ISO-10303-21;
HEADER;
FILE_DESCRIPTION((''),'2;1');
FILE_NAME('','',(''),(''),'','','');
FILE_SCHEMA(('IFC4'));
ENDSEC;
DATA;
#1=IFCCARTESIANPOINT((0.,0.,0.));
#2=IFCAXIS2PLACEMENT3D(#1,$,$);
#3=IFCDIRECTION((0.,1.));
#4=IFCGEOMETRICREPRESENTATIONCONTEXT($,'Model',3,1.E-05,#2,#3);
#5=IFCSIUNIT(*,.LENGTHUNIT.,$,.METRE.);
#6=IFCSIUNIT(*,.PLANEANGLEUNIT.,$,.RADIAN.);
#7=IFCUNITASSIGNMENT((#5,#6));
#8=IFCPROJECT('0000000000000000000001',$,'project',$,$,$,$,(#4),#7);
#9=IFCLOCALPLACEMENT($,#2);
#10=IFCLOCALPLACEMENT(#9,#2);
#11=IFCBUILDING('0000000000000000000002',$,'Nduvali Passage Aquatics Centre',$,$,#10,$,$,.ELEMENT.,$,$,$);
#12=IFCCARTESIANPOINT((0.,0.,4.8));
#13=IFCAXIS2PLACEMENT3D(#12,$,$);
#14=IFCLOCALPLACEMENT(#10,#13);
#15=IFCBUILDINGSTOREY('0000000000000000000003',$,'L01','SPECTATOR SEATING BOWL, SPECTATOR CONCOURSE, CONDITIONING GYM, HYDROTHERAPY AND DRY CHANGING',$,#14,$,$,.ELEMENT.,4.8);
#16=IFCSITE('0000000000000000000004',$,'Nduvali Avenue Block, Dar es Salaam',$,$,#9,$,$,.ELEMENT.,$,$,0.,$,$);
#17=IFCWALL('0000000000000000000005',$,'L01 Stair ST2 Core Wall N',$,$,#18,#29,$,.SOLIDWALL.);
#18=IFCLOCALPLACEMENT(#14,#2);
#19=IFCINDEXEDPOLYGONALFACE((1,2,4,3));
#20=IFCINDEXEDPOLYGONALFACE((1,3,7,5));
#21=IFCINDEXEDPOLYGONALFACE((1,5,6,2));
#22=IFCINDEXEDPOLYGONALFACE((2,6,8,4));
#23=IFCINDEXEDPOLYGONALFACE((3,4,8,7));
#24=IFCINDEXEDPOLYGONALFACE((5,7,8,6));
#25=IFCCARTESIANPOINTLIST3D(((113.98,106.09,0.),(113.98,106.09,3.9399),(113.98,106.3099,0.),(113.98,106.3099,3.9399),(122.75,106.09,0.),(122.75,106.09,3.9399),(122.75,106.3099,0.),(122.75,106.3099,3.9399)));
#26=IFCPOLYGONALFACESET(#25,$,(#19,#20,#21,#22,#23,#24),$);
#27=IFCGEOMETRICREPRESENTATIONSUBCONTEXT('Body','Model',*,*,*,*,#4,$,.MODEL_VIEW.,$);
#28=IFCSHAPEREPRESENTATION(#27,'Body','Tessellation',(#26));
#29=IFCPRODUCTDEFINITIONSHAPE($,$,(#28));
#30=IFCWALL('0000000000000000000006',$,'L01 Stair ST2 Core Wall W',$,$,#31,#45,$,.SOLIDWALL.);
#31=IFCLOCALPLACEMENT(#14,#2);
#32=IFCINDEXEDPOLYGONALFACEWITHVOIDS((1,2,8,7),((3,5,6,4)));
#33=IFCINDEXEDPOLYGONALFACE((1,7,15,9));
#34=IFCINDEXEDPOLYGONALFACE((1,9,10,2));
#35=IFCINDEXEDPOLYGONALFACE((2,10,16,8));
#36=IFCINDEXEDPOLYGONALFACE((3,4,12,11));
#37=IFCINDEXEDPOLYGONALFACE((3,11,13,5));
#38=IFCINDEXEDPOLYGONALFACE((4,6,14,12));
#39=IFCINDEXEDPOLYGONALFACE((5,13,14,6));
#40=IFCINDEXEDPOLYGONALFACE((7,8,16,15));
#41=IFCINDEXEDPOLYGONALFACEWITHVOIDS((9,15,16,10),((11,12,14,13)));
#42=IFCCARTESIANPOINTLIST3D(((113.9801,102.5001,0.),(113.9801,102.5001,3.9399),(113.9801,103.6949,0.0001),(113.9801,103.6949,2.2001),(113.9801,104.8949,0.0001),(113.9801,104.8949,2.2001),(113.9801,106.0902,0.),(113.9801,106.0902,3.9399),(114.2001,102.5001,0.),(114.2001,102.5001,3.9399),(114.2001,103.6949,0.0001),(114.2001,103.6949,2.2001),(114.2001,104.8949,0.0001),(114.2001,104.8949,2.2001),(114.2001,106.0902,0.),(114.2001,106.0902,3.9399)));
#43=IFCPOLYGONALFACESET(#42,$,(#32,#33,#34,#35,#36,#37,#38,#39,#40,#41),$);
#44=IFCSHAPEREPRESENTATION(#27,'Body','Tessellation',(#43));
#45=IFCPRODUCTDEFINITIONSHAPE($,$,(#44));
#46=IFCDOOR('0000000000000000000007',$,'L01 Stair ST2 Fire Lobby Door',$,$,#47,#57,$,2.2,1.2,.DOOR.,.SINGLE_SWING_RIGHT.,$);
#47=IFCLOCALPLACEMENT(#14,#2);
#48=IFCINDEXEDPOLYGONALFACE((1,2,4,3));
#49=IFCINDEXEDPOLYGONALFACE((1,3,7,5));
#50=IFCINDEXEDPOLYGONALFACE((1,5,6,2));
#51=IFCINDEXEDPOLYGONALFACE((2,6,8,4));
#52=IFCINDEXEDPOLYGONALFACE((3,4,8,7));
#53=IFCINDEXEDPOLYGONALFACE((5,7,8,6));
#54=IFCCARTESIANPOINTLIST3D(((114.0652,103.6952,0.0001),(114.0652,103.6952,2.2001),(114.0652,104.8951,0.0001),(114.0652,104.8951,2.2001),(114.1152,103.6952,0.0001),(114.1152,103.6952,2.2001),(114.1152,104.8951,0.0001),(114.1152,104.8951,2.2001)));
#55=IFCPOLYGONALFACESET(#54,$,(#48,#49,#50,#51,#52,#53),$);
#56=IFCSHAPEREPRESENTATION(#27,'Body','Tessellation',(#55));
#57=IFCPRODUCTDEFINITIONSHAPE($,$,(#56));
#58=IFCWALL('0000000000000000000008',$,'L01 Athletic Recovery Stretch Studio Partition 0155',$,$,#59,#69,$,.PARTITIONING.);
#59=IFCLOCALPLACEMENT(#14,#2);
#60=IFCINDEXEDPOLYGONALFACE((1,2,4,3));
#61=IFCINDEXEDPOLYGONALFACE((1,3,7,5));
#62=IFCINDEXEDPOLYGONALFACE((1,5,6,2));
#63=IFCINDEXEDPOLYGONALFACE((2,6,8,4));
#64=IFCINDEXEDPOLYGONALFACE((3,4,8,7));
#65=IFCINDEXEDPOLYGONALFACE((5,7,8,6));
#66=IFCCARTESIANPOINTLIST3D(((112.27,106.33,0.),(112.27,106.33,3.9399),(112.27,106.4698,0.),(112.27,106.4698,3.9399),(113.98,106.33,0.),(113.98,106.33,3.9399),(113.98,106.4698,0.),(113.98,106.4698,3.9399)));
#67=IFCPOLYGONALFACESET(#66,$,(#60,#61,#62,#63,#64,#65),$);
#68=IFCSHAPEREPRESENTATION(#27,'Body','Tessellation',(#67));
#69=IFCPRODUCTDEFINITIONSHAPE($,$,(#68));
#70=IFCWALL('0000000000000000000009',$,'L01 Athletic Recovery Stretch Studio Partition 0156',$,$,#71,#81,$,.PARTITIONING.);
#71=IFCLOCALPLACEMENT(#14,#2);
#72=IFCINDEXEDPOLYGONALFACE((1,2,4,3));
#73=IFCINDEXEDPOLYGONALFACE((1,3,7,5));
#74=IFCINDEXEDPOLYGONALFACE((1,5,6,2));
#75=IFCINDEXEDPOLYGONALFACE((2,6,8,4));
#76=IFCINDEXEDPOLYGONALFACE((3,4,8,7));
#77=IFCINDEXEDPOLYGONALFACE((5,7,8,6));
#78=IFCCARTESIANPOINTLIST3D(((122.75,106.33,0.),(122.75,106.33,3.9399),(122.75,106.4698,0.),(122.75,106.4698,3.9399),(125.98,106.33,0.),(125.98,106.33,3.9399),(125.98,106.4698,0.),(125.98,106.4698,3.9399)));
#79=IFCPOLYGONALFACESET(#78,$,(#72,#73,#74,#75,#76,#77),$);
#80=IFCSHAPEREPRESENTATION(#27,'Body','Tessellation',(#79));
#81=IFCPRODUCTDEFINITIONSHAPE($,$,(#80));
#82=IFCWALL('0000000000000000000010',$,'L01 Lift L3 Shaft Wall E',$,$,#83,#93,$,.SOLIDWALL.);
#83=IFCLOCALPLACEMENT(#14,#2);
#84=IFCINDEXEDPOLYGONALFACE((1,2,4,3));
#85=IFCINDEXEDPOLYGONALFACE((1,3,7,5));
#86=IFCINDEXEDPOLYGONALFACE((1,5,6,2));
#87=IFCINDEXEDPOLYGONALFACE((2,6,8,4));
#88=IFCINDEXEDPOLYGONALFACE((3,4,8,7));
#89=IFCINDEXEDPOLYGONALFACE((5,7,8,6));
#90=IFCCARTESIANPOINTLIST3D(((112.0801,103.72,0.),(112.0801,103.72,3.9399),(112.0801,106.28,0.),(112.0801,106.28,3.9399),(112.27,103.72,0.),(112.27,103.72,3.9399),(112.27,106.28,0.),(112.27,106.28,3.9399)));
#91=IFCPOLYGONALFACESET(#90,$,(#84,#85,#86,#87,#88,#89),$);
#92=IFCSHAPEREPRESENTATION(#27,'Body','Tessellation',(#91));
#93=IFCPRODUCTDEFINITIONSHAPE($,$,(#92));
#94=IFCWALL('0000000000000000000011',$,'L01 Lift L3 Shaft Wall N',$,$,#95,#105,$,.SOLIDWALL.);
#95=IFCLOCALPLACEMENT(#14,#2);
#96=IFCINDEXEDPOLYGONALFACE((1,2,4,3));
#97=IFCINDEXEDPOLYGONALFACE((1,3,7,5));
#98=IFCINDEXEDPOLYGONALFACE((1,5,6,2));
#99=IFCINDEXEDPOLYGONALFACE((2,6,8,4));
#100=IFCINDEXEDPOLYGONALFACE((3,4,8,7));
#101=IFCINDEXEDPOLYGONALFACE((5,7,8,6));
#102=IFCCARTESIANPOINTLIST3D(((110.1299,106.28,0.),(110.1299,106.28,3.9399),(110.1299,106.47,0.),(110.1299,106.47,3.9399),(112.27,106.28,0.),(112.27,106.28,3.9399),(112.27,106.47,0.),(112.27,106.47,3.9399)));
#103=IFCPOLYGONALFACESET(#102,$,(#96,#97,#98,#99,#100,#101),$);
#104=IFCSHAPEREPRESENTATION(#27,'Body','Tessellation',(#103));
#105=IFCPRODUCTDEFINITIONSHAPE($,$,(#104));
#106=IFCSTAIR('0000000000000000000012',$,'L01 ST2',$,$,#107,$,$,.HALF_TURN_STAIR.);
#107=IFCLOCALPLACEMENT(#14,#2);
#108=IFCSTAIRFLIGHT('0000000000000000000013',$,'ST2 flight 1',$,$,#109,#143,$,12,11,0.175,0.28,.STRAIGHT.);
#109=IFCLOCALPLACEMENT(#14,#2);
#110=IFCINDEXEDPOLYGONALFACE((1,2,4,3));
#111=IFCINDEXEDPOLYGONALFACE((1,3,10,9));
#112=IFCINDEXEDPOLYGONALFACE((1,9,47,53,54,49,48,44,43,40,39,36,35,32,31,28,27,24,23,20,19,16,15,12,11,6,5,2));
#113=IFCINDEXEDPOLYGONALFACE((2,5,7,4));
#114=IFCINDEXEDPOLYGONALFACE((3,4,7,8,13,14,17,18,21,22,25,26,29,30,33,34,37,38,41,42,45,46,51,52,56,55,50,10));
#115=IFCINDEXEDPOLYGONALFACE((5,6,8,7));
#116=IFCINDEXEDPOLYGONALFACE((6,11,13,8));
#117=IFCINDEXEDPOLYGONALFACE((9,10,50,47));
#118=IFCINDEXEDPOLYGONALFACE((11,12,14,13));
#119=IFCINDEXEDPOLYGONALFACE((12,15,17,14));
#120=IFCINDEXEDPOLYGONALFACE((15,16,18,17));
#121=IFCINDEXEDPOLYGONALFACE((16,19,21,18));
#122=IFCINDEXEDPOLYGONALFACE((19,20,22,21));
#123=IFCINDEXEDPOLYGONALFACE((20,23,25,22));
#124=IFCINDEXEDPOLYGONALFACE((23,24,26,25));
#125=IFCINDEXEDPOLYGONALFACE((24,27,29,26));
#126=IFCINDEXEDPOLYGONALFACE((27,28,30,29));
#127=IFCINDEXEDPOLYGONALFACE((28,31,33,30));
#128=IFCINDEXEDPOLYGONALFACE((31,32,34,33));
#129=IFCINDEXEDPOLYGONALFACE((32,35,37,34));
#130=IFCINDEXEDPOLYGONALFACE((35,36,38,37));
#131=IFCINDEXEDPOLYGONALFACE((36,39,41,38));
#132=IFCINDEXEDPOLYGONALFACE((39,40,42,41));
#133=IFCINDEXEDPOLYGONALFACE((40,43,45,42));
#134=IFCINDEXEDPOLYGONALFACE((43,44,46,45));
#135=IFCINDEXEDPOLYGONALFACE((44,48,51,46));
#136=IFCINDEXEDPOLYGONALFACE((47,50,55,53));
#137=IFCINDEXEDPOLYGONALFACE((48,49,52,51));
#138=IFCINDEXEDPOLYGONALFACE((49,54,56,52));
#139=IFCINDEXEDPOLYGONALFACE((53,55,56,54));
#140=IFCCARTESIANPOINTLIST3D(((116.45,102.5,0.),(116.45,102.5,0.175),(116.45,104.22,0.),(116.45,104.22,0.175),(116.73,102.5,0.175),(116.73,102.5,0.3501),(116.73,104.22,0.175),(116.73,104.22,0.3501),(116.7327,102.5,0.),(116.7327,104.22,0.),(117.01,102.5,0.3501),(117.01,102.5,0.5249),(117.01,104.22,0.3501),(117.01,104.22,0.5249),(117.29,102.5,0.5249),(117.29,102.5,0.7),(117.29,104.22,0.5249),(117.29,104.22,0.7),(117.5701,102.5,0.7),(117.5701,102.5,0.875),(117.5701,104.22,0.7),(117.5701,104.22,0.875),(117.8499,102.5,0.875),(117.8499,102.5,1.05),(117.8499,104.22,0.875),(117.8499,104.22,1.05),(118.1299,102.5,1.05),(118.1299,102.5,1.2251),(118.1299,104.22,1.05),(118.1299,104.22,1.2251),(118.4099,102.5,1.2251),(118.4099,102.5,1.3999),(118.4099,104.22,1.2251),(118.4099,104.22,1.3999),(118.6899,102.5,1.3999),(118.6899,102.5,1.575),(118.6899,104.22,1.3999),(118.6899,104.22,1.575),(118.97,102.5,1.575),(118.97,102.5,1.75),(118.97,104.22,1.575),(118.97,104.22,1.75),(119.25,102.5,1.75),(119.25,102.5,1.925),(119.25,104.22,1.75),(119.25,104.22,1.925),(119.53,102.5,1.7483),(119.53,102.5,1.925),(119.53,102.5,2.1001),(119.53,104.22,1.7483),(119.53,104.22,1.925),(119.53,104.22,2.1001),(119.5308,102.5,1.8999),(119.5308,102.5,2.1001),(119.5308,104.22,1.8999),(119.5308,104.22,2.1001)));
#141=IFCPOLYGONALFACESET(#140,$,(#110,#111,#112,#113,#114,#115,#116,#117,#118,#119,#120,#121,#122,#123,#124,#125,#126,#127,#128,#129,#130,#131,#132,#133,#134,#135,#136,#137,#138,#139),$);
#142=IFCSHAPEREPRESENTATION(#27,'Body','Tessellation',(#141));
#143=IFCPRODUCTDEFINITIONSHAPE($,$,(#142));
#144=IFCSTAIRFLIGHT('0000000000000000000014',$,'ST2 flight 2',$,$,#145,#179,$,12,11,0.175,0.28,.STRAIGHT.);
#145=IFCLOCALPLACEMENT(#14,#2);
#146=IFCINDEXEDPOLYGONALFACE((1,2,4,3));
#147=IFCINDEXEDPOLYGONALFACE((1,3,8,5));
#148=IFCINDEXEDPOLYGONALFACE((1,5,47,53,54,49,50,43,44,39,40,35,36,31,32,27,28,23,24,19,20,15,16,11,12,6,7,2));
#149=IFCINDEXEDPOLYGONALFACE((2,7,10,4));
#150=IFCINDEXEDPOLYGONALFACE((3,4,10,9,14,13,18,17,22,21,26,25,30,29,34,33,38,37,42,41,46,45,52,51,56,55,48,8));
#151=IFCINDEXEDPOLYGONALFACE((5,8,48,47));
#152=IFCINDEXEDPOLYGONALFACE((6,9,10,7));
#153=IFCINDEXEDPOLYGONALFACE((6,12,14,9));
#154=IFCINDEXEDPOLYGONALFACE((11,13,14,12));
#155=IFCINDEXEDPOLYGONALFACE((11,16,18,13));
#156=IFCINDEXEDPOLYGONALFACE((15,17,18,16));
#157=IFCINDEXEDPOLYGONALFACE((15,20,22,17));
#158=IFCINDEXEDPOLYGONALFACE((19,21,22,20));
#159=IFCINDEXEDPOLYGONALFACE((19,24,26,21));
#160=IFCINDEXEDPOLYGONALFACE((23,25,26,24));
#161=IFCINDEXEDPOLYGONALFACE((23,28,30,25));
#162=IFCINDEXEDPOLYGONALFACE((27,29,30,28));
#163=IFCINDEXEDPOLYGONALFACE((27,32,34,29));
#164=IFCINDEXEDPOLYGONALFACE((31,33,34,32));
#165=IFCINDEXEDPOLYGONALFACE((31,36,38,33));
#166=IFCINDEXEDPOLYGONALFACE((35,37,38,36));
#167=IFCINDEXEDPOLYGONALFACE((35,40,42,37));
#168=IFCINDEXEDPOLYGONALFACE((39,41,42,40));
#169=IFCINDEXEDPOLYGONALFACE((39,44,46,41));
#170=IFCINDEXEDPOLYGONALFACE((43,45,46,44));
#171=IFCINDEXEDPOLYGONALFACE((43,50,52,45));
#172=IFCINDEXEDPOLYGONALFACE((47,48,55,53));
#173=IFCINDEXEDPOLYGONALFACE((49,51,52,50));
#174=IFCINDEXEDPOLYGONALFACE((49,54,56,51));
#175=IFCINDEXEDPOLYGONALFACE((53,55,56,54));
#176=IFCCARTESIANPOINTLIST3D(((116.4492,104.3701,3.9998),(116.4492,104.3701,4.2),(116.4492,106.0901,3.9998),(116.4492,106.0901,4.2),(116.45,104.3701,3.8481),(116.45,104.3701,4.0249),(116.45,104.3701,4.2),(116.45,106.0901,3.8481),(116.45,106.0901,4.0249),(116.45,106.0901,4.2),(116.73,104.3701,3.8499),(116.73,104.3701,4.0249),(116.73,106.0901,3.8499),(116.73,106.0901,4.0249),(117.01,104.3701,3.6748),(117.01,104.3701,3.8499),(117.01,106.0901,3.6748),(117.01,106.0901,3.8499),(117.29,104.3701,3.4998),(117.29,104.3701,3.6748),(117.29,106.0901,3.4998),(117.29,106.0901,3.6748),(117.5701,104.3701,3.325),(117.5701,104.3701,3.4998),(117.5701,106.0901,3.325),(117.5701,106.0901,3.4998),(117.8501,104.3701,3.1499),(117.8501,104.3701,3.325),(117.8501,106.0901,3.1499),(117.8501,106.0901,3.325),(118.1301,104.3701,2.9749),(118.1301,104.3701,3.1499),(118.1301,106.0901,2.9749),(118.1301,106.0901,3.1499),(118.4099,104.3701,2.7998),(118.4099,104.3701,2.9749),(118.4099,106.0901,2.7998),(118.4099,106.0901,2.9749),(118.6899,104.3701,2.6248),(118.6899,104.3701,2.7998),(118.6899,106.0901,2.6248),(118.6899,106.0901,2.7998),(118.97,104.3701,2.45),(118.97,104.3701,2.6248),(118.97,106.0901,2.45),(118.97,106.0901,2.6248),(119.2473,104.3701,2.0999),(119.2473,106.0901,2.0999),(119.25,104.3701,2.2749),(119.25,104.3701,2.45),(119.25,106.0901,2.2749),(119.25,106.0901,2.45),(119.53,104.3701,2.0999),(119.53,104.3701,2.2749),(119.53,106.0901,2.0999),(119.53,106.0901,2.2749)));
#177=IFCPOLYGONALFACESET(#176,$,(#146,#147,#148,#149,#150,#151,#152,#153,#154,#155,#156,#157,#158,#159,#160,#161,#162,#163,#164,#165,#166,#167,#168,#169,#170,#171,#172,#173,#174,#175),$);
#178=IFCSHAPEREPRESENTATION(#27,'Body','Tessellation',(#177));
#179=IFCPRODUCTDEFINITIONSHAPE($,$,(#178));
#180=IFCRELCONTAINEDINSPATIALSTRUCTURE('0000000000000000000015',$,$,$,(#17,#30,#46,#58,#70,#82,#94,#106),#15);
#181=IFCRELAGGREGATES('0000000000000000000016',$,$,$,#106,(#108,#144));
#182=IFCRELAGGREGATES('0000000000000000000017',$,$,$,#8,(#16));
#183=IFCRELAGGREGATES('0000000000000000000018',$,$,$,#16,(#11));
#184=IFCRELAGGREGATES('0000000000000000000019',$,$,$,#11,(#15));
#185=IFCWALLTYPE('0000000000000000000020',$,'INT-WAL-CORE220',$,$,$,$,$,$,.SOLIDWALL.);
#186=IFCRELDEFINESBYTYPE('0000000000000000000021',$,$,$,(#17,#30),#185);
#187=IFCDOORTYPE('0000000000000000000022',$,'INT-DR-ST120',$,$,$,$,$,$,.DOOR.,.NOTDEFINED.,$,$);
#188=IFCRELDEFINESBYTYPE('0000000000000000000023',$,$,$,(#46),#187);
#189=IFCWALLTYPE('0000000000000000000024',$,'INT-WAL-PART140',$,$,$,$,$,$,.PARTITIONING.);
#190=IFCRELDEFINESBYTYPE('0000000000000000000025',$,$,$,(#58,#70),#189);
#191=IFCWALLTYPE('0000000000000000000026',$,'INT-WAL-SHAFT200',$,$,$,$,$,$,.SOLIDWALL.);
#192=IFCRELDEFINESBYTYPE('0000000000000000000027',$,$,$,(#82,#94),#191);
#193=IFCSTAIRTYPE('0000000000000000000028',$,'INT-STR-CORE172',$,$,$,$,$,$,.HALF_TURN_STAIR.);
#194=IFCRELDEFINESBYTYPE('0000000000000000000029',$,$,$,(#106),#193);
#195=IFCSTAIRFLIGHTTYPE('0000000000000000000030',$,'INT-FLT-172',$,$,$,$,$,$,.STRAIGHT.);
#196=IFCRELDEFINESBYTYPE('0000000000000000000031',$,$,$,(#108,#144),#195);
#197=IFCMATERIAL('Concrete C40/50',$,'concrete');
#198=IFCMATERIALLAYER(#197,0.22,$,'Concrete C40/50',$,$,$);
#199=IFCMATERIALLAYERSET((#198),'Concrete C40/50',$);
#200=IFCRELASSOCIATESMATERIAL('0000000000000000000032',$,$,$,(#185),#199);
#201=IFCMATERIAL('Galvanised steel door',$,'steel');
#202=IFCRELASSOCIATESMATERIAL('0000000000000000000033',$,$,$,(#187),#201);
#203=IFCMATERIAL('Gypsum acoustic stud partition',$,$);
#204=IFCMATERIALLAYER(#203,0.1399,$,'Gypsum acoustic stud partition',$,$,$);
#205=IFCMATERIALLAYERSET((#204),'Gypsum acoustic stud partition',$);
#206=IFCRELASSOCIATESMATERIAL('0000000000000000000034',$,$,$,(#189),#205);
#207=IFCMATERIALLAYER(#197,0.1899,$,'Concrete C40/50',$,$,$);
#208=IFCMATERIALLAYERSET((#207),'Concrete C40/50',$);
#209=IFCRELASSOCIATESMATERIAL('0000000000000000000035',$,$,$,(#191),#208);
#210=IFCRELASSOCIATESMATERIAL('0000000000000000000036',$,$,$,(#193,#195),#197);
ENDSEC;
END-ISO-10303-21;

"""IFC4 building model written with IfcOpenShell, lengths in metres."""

from ifc_helpers import new_model, si_unit, direction, frame, frame_2d, origin, place, context, subcontext, project, spatial, polyline, rectangle, outline, extrude, material, layer, layer_set, type_object, element, fill, aggregate, save


model = new_model("IFC4")

# Units and contexts
model_context = context("Model", 3, precision=1e-05, world=origin(), true_north=direction((0.0, 1.0)))
body_context = subcontext(model_context, "Body", "Model", "MODEL_VIEW")
ifc_project = project(units=[si_unit("LENGTHUNIT", "METRE"), si_unit("PLANEANGLEUNIT", "RADIAN")], contexts=[model_context])

# Site, building, storey
site_placement = place(None, origin())
site = spatial("IfcSite", under=ifc_project, at=site_placement, Name="Nduvali Avenue Block, Dar es Salaam", CompositionType="ELEMENT", RefElevation=0.0)
building_placement = place(site_placement, origin())
building = spatial("IfcBuilding", under=site, at=building_placement, Name="Nduvali Passage Aquatics Centre", CompositionType="ELEMENT")
storey_placement = place(building_placement, frame((0.0, 0.0, 4.8)))
storey = spatial("IfcBuildingStorey", under=building, at=storey_placement, Name="L01", Description="SPECTATOR SEATING BOWL, SPECTATOR CONCOURSE, CONDITIONING GYM, HYDROTHERAPY AND DRY CHANGING", CompositionType="ELEMENT", Elevation=4.8)

# Wall
ifc_material_1 = material(Name="Concrete C40/50", Category="concrete")
ifc_layer_1 = layer(ifc_material_1, 0.22, Name="Concrete C40/50")
ifc_layer_set_1 = layer_set([ifc_layer_1], Name="Concrete C40/50")
wall_type_1 = type_object("IfcWallType", Name="INT-WAL-CORE220", PredefinedType="SOLIDWALL", material=ifc_layer_set_1)
wall_1_placement = place(storey_placement, frame((122.75, 106.2, 0.0), z_axis=(0.0, 0.0, 1.0), x_axis=(-1.0, 0.0, 0.0)))
element("IfcWall", 1, at=wall_1_placement, inside=storey, type_object=wall_type_1, Name="L01 Stair ST2 Core Wall N", PredefinedType="SOLIDWALL", context=body_context, shape_type="SweptSolid", body=[
    extrude(rectangle(XDim=8.77, YDim=0.22, at=frame_2d((4.385, 0.0))), origin(), (0.0, 0.0, 1.0), 3.9399),
])

# Wall, opening, door
wall_2_placement = place(storey_placement, frame((114.0901, 106.0901, 0.0), z_axis=(0.0, 0.0, 1.0), x_axis=(0.0, -1.0, 0.0)))
wall_2 = element("IfcWall", 2, at=wall_2_placement, inside=storey, type_object=wall_type_1, Name="L01 Stair ST2 Core Wall W", PredefinedType="SOLIDWALL", context=body_context, shape_type="SweptSolid", body=[
    extrude(rectangle(XDim=3.5901, YDim=0.22, at=frame_2d((1.7949, 0.0))), origin(), (0.0, 0.0, 1.0), 3.9399),
])
opening_placement = place(wall_2_placement, frame((1.1951, 0.0, 0.0)))
opening = element("IfcOpeningElement", 3, at=opening_placement, cuts=wall_2, PredefinedType="OPENING", context=body_context, shape_type="SweptSolid", body=[
    extrude(rectangle(XDim=1.2, YDim=2.2, at=frame_2d((0.6001, 1.1001))), frame((0.0, 0.125, 0.0), z_axis=(0.0, -1.0, 0.0), x_axis=(1.0, 0.0, 0.0)), (0.0, 0.0, 1.0), 0.2498),
])
ifc_material_2 = material(Name="Galvanised steel door", Category="steel")
door_type = type_object("IfcDoorType", Name="INT-DR-ST120", OperationType="NOTDEFINED", PredefinedType="DOOR", material=ifc_material_2)
door_placement = place(opening_placement, frame((1.2, 0.0, 0.0), z_axis=(0.0, 0.0, 1.0), x_axis=(-1.0, 0.0, 0.0)))
door = element("IfcDoor", 4, at=door_placement, inside=storey, type_object=door_type, Name="L01 Stair ST2 Fire Lobby Door", OperationType="SINGLE_SWING_RIGHT", OverallHeight=2.2, OverallWidth=1.2, PredefinedType="DOOR", context=body_context, shape_type="SweptSolid", body=[
    extrude(rectangle(XDim=1.2, YDim=2.2, at=frame_2d((0.6001, 1.1001))), frame((0.0, 0.0249, 0.0), z_axis=(0.0, -1.0, 0.0), x_axis=(1.0, 0.0, 0.0)), (0.0, 0.0, 1.0), 0.05),
])
fill(opening, door)

# Walls
ifc_material_3 = material(Name="Gypsum acoustic stud partition")
ifc_layer_2 = layer(ifc_material_3, 0.1399, Name="Gypsum acoustic stud partition")
ifc_layer_set_2 = layer_set([ifc_layer_2], Name="Gypsum acoustic stud partition")
wall_type_2 = type_object("IfcWallType", Name="INT-WAL-PART140", PredefinedType="PARTITIONING", material=ifc_layer_set_2)
wall_3_placement = place(storey_placement, frame((112.27, 106.3999, 0.0), z_axis=(0.0, 0.0, 1.0), x_axis=(1.0, 0.0, 0.0)))
element("IfcWall", 5, at=wall_3_placement, inside=storey, type_object=wall_type_2, Name="L01 Athletic Recovery Stretch Studio Partition 0155", PredefinedType="PARTITIONING", context=body_context, shape_type="SweptSolid", body=[
    extrude(rectangle(XDim=1.71, YDim=0.1399, at=frame_2d((0.855, 0.0))), origin(), (0.0, 0.0, 1.0), 3.9399),
])
wall_4_placement = place(storey_placement, frame((122.75, 106.3999, 0.0), z_axis=(0.0, 0.0, 1.0), x_axis=(1.0, 0.0, 0.0)))
element("IfcWall", 6, at=wall_4_placement, inside=storey, type_object=wall_type_2, Name="L01 Athletic Recovery Stretch Studio Partition 0156", PredefinedType="PARTITIONING", context=body_context, shape_type="SweptSolid", body=[
    extrude(rectangle(XDim=3.23, YDim=0.1399, at=frame_2d((1.615, 0.0))), origin(), (0.0, 0.0, 1.0), 3.9399),
])
ifc_layer_3 = layer(ifc_material_1, 0.1899, Name="Concrete C40/50")
ifc_layer_set_3 = layer_set([ifc_layer_3], Name="Concrete C40/50")
wall_type_3 = type_object("IfcWallType", Name="INT-WAL-SHAFT200", PredefinedType="SOLIDWALL", material=ifc_layer_set_3)
wall_5_placement = place(storey_placement, frame((112.175, 103.72, 0.0), z_axis=(0.0, 0.0, 1.0), x_axis=(0.0, 1.0, 0.0)))
element("IfcWall", 7, at=wall_5_placement, inside=storey, type_object=wall_type_3, Name="L01 Lift L3 Shaft Wall E", PredefinedType="SOLIDWALL", context=body_context, shape_type="SweptSolid", body=[
    extrude(rectangle(XDim=2.5601, YDim=0.1899, at=frame_2d((1.28, 0.0))), origin(), (0.0, 0.0, 1.0), 3.9399),
])
wall_6_placement = place(storey_placement, frame((112.27, 106.375, 0.0), z_axis=(0.0, 0.0, 1.0), x_axis=(-1.0, 0.0, 0.0)))
element("IfcWall", 8, at=wall_6_placement, inside=storey, type_object=wall_type_3, Name="L01 Lift L3 Shaft Wall N", PredefinedType="SOLIDWALL", context=body_context, shape_type="SweptSolid", body=[
    extrude(rectangle(XDim=2.1401, YDim=0.1899, at=frame_2d((1.0701, 0.0))), origin(), (0.0, 0.0, 1.0), 3.9399),
])

# Stair, stair flights
stair_type = type_object("IfcStairType", Name="INT-STR-CORE172", PredefinedType="HALF_TURN_STAIR", material=ifc_material_1)
stair_placement = place(storey_placement, origin())
stair = element("IfcStair", 9, at=stair_placement, inside=storey, type_object=stair_type, Name="L01 ST2", PredefinedType="HALF_TURN_STAIR")
stair_flight_type = type_object("IfcStairFlightType", Name="INT-FLT-172", PredefinedType="STRAIGHT", material=ifc_material_1)
stair_flight_1_placement = place(storey_placement, frame((116.45, 103.3601, 0.0), z_axis=(0.0, 0.0, 1.0), x_axis=(1.0, 0.0, 0.0)))
stair_flight_1 = element("IfcStairFlight", 10, at=stair_flight_1_placement, type_object=stair_flight_type, Name="ST2 flight 1", NumberOfRisers=12, NumberOfTreads=11, PredefinedType="STRAIGHT", RiserHeight=0.175, TreadLength=0.28, context=body_context, shape_type="SweptSolid", body=[
    extrude(outline(polyline([(0.0, 0.0), (0.0, 0.175), (0.28, 0.175), (0.28, 0.3501), (0.5601, 0.3501), (0.5601, 0.5249), (0.8401, 0.5249), (0.8401, 0.7), (1.1201, 0.7), (1.1201, 0.875), (1.3999, 0.875), (1.3999, 1.05), (1.6799, 1.05), (1.6799, 1.2251), (1.96, 1.2251), (1.96, 1.3999), (2.24, 1.3999), (2.24, 1.575), (2.52, 1.575), (2.52, 1.75), (2.8, 1.75), (2.8, 1.925), (3.0801, 1.925), (3.0801, 2.1001), (3.0808, 2.1001), (3.0808, 1.8999), (3.0801, 1.7483), (0.2827, 0.0), (0.0, 0.0)])), frame((0.0, 0.8599, 0.0), z_axis=(0.0, -1.0, 0.0), x_axis=(1.0, 0.0, 0.0)), (0.0, 0.0, 1.0), 1.72),
])
stair_flight_2_placement = place(storey_placement, frame((119.53, 105.23, 2.0999), z_axis=(0.0, 0.0, 1.0), x_axis=(-1.0, 0.0, 0.0)))
stair_flight_2 = element("IfcStairFlight", 11, at=stair_flight_2_placement, type_object=stair_flight_type, Name="ST2 flight 2", NumberOfRisers=12, NumberOfTreads=11, PredefinedType="STRAIGHT", RiserHeight=0.175, TreadLength=0.28, context=body_context, shape_type="SweptSolid", body=[
    extrude(outline(polyline([(0.0, 0.0), (0.0, 0.175), (0.28, 0.175), (0.28, 0.3501), (0.5601, 0.3501), (0.5601, 0.5249), (0.8401, 0.5249), (0.8401, 0.7), (1.1201, 0.7), (1.1201, 0.875), (1.3999, 0.875), (1.3999, 1.05), (1.6799, 1.05), (1.6799, 1.2251), (1.96, 1.2251), (1.96, 1.3999), (2.24, 1.3999), (2.24, 1.575), (2.52, 1.575), (2.52, 1.75), (2.8, 1.75), (2.8, 1.925), (3.0801, 1.925), (3.0801, 2.1001), (3.0808, 2.1001), (3.0808, 1.8999), (3.0801, 1.7483), (0.2827, 0.0), (0.0, 0.0)])), frame((0.0, 0.8599, 0.0), z_axis=(0.0, -1.0, 0.0), x_axis=(1.0, 0.0, 0.0)), (0.0, 0.0, 1.0), 1.72),
])
aggregate(stair, [stair_flight_1, stair_flight_2])

save(model, "model.ifc")
